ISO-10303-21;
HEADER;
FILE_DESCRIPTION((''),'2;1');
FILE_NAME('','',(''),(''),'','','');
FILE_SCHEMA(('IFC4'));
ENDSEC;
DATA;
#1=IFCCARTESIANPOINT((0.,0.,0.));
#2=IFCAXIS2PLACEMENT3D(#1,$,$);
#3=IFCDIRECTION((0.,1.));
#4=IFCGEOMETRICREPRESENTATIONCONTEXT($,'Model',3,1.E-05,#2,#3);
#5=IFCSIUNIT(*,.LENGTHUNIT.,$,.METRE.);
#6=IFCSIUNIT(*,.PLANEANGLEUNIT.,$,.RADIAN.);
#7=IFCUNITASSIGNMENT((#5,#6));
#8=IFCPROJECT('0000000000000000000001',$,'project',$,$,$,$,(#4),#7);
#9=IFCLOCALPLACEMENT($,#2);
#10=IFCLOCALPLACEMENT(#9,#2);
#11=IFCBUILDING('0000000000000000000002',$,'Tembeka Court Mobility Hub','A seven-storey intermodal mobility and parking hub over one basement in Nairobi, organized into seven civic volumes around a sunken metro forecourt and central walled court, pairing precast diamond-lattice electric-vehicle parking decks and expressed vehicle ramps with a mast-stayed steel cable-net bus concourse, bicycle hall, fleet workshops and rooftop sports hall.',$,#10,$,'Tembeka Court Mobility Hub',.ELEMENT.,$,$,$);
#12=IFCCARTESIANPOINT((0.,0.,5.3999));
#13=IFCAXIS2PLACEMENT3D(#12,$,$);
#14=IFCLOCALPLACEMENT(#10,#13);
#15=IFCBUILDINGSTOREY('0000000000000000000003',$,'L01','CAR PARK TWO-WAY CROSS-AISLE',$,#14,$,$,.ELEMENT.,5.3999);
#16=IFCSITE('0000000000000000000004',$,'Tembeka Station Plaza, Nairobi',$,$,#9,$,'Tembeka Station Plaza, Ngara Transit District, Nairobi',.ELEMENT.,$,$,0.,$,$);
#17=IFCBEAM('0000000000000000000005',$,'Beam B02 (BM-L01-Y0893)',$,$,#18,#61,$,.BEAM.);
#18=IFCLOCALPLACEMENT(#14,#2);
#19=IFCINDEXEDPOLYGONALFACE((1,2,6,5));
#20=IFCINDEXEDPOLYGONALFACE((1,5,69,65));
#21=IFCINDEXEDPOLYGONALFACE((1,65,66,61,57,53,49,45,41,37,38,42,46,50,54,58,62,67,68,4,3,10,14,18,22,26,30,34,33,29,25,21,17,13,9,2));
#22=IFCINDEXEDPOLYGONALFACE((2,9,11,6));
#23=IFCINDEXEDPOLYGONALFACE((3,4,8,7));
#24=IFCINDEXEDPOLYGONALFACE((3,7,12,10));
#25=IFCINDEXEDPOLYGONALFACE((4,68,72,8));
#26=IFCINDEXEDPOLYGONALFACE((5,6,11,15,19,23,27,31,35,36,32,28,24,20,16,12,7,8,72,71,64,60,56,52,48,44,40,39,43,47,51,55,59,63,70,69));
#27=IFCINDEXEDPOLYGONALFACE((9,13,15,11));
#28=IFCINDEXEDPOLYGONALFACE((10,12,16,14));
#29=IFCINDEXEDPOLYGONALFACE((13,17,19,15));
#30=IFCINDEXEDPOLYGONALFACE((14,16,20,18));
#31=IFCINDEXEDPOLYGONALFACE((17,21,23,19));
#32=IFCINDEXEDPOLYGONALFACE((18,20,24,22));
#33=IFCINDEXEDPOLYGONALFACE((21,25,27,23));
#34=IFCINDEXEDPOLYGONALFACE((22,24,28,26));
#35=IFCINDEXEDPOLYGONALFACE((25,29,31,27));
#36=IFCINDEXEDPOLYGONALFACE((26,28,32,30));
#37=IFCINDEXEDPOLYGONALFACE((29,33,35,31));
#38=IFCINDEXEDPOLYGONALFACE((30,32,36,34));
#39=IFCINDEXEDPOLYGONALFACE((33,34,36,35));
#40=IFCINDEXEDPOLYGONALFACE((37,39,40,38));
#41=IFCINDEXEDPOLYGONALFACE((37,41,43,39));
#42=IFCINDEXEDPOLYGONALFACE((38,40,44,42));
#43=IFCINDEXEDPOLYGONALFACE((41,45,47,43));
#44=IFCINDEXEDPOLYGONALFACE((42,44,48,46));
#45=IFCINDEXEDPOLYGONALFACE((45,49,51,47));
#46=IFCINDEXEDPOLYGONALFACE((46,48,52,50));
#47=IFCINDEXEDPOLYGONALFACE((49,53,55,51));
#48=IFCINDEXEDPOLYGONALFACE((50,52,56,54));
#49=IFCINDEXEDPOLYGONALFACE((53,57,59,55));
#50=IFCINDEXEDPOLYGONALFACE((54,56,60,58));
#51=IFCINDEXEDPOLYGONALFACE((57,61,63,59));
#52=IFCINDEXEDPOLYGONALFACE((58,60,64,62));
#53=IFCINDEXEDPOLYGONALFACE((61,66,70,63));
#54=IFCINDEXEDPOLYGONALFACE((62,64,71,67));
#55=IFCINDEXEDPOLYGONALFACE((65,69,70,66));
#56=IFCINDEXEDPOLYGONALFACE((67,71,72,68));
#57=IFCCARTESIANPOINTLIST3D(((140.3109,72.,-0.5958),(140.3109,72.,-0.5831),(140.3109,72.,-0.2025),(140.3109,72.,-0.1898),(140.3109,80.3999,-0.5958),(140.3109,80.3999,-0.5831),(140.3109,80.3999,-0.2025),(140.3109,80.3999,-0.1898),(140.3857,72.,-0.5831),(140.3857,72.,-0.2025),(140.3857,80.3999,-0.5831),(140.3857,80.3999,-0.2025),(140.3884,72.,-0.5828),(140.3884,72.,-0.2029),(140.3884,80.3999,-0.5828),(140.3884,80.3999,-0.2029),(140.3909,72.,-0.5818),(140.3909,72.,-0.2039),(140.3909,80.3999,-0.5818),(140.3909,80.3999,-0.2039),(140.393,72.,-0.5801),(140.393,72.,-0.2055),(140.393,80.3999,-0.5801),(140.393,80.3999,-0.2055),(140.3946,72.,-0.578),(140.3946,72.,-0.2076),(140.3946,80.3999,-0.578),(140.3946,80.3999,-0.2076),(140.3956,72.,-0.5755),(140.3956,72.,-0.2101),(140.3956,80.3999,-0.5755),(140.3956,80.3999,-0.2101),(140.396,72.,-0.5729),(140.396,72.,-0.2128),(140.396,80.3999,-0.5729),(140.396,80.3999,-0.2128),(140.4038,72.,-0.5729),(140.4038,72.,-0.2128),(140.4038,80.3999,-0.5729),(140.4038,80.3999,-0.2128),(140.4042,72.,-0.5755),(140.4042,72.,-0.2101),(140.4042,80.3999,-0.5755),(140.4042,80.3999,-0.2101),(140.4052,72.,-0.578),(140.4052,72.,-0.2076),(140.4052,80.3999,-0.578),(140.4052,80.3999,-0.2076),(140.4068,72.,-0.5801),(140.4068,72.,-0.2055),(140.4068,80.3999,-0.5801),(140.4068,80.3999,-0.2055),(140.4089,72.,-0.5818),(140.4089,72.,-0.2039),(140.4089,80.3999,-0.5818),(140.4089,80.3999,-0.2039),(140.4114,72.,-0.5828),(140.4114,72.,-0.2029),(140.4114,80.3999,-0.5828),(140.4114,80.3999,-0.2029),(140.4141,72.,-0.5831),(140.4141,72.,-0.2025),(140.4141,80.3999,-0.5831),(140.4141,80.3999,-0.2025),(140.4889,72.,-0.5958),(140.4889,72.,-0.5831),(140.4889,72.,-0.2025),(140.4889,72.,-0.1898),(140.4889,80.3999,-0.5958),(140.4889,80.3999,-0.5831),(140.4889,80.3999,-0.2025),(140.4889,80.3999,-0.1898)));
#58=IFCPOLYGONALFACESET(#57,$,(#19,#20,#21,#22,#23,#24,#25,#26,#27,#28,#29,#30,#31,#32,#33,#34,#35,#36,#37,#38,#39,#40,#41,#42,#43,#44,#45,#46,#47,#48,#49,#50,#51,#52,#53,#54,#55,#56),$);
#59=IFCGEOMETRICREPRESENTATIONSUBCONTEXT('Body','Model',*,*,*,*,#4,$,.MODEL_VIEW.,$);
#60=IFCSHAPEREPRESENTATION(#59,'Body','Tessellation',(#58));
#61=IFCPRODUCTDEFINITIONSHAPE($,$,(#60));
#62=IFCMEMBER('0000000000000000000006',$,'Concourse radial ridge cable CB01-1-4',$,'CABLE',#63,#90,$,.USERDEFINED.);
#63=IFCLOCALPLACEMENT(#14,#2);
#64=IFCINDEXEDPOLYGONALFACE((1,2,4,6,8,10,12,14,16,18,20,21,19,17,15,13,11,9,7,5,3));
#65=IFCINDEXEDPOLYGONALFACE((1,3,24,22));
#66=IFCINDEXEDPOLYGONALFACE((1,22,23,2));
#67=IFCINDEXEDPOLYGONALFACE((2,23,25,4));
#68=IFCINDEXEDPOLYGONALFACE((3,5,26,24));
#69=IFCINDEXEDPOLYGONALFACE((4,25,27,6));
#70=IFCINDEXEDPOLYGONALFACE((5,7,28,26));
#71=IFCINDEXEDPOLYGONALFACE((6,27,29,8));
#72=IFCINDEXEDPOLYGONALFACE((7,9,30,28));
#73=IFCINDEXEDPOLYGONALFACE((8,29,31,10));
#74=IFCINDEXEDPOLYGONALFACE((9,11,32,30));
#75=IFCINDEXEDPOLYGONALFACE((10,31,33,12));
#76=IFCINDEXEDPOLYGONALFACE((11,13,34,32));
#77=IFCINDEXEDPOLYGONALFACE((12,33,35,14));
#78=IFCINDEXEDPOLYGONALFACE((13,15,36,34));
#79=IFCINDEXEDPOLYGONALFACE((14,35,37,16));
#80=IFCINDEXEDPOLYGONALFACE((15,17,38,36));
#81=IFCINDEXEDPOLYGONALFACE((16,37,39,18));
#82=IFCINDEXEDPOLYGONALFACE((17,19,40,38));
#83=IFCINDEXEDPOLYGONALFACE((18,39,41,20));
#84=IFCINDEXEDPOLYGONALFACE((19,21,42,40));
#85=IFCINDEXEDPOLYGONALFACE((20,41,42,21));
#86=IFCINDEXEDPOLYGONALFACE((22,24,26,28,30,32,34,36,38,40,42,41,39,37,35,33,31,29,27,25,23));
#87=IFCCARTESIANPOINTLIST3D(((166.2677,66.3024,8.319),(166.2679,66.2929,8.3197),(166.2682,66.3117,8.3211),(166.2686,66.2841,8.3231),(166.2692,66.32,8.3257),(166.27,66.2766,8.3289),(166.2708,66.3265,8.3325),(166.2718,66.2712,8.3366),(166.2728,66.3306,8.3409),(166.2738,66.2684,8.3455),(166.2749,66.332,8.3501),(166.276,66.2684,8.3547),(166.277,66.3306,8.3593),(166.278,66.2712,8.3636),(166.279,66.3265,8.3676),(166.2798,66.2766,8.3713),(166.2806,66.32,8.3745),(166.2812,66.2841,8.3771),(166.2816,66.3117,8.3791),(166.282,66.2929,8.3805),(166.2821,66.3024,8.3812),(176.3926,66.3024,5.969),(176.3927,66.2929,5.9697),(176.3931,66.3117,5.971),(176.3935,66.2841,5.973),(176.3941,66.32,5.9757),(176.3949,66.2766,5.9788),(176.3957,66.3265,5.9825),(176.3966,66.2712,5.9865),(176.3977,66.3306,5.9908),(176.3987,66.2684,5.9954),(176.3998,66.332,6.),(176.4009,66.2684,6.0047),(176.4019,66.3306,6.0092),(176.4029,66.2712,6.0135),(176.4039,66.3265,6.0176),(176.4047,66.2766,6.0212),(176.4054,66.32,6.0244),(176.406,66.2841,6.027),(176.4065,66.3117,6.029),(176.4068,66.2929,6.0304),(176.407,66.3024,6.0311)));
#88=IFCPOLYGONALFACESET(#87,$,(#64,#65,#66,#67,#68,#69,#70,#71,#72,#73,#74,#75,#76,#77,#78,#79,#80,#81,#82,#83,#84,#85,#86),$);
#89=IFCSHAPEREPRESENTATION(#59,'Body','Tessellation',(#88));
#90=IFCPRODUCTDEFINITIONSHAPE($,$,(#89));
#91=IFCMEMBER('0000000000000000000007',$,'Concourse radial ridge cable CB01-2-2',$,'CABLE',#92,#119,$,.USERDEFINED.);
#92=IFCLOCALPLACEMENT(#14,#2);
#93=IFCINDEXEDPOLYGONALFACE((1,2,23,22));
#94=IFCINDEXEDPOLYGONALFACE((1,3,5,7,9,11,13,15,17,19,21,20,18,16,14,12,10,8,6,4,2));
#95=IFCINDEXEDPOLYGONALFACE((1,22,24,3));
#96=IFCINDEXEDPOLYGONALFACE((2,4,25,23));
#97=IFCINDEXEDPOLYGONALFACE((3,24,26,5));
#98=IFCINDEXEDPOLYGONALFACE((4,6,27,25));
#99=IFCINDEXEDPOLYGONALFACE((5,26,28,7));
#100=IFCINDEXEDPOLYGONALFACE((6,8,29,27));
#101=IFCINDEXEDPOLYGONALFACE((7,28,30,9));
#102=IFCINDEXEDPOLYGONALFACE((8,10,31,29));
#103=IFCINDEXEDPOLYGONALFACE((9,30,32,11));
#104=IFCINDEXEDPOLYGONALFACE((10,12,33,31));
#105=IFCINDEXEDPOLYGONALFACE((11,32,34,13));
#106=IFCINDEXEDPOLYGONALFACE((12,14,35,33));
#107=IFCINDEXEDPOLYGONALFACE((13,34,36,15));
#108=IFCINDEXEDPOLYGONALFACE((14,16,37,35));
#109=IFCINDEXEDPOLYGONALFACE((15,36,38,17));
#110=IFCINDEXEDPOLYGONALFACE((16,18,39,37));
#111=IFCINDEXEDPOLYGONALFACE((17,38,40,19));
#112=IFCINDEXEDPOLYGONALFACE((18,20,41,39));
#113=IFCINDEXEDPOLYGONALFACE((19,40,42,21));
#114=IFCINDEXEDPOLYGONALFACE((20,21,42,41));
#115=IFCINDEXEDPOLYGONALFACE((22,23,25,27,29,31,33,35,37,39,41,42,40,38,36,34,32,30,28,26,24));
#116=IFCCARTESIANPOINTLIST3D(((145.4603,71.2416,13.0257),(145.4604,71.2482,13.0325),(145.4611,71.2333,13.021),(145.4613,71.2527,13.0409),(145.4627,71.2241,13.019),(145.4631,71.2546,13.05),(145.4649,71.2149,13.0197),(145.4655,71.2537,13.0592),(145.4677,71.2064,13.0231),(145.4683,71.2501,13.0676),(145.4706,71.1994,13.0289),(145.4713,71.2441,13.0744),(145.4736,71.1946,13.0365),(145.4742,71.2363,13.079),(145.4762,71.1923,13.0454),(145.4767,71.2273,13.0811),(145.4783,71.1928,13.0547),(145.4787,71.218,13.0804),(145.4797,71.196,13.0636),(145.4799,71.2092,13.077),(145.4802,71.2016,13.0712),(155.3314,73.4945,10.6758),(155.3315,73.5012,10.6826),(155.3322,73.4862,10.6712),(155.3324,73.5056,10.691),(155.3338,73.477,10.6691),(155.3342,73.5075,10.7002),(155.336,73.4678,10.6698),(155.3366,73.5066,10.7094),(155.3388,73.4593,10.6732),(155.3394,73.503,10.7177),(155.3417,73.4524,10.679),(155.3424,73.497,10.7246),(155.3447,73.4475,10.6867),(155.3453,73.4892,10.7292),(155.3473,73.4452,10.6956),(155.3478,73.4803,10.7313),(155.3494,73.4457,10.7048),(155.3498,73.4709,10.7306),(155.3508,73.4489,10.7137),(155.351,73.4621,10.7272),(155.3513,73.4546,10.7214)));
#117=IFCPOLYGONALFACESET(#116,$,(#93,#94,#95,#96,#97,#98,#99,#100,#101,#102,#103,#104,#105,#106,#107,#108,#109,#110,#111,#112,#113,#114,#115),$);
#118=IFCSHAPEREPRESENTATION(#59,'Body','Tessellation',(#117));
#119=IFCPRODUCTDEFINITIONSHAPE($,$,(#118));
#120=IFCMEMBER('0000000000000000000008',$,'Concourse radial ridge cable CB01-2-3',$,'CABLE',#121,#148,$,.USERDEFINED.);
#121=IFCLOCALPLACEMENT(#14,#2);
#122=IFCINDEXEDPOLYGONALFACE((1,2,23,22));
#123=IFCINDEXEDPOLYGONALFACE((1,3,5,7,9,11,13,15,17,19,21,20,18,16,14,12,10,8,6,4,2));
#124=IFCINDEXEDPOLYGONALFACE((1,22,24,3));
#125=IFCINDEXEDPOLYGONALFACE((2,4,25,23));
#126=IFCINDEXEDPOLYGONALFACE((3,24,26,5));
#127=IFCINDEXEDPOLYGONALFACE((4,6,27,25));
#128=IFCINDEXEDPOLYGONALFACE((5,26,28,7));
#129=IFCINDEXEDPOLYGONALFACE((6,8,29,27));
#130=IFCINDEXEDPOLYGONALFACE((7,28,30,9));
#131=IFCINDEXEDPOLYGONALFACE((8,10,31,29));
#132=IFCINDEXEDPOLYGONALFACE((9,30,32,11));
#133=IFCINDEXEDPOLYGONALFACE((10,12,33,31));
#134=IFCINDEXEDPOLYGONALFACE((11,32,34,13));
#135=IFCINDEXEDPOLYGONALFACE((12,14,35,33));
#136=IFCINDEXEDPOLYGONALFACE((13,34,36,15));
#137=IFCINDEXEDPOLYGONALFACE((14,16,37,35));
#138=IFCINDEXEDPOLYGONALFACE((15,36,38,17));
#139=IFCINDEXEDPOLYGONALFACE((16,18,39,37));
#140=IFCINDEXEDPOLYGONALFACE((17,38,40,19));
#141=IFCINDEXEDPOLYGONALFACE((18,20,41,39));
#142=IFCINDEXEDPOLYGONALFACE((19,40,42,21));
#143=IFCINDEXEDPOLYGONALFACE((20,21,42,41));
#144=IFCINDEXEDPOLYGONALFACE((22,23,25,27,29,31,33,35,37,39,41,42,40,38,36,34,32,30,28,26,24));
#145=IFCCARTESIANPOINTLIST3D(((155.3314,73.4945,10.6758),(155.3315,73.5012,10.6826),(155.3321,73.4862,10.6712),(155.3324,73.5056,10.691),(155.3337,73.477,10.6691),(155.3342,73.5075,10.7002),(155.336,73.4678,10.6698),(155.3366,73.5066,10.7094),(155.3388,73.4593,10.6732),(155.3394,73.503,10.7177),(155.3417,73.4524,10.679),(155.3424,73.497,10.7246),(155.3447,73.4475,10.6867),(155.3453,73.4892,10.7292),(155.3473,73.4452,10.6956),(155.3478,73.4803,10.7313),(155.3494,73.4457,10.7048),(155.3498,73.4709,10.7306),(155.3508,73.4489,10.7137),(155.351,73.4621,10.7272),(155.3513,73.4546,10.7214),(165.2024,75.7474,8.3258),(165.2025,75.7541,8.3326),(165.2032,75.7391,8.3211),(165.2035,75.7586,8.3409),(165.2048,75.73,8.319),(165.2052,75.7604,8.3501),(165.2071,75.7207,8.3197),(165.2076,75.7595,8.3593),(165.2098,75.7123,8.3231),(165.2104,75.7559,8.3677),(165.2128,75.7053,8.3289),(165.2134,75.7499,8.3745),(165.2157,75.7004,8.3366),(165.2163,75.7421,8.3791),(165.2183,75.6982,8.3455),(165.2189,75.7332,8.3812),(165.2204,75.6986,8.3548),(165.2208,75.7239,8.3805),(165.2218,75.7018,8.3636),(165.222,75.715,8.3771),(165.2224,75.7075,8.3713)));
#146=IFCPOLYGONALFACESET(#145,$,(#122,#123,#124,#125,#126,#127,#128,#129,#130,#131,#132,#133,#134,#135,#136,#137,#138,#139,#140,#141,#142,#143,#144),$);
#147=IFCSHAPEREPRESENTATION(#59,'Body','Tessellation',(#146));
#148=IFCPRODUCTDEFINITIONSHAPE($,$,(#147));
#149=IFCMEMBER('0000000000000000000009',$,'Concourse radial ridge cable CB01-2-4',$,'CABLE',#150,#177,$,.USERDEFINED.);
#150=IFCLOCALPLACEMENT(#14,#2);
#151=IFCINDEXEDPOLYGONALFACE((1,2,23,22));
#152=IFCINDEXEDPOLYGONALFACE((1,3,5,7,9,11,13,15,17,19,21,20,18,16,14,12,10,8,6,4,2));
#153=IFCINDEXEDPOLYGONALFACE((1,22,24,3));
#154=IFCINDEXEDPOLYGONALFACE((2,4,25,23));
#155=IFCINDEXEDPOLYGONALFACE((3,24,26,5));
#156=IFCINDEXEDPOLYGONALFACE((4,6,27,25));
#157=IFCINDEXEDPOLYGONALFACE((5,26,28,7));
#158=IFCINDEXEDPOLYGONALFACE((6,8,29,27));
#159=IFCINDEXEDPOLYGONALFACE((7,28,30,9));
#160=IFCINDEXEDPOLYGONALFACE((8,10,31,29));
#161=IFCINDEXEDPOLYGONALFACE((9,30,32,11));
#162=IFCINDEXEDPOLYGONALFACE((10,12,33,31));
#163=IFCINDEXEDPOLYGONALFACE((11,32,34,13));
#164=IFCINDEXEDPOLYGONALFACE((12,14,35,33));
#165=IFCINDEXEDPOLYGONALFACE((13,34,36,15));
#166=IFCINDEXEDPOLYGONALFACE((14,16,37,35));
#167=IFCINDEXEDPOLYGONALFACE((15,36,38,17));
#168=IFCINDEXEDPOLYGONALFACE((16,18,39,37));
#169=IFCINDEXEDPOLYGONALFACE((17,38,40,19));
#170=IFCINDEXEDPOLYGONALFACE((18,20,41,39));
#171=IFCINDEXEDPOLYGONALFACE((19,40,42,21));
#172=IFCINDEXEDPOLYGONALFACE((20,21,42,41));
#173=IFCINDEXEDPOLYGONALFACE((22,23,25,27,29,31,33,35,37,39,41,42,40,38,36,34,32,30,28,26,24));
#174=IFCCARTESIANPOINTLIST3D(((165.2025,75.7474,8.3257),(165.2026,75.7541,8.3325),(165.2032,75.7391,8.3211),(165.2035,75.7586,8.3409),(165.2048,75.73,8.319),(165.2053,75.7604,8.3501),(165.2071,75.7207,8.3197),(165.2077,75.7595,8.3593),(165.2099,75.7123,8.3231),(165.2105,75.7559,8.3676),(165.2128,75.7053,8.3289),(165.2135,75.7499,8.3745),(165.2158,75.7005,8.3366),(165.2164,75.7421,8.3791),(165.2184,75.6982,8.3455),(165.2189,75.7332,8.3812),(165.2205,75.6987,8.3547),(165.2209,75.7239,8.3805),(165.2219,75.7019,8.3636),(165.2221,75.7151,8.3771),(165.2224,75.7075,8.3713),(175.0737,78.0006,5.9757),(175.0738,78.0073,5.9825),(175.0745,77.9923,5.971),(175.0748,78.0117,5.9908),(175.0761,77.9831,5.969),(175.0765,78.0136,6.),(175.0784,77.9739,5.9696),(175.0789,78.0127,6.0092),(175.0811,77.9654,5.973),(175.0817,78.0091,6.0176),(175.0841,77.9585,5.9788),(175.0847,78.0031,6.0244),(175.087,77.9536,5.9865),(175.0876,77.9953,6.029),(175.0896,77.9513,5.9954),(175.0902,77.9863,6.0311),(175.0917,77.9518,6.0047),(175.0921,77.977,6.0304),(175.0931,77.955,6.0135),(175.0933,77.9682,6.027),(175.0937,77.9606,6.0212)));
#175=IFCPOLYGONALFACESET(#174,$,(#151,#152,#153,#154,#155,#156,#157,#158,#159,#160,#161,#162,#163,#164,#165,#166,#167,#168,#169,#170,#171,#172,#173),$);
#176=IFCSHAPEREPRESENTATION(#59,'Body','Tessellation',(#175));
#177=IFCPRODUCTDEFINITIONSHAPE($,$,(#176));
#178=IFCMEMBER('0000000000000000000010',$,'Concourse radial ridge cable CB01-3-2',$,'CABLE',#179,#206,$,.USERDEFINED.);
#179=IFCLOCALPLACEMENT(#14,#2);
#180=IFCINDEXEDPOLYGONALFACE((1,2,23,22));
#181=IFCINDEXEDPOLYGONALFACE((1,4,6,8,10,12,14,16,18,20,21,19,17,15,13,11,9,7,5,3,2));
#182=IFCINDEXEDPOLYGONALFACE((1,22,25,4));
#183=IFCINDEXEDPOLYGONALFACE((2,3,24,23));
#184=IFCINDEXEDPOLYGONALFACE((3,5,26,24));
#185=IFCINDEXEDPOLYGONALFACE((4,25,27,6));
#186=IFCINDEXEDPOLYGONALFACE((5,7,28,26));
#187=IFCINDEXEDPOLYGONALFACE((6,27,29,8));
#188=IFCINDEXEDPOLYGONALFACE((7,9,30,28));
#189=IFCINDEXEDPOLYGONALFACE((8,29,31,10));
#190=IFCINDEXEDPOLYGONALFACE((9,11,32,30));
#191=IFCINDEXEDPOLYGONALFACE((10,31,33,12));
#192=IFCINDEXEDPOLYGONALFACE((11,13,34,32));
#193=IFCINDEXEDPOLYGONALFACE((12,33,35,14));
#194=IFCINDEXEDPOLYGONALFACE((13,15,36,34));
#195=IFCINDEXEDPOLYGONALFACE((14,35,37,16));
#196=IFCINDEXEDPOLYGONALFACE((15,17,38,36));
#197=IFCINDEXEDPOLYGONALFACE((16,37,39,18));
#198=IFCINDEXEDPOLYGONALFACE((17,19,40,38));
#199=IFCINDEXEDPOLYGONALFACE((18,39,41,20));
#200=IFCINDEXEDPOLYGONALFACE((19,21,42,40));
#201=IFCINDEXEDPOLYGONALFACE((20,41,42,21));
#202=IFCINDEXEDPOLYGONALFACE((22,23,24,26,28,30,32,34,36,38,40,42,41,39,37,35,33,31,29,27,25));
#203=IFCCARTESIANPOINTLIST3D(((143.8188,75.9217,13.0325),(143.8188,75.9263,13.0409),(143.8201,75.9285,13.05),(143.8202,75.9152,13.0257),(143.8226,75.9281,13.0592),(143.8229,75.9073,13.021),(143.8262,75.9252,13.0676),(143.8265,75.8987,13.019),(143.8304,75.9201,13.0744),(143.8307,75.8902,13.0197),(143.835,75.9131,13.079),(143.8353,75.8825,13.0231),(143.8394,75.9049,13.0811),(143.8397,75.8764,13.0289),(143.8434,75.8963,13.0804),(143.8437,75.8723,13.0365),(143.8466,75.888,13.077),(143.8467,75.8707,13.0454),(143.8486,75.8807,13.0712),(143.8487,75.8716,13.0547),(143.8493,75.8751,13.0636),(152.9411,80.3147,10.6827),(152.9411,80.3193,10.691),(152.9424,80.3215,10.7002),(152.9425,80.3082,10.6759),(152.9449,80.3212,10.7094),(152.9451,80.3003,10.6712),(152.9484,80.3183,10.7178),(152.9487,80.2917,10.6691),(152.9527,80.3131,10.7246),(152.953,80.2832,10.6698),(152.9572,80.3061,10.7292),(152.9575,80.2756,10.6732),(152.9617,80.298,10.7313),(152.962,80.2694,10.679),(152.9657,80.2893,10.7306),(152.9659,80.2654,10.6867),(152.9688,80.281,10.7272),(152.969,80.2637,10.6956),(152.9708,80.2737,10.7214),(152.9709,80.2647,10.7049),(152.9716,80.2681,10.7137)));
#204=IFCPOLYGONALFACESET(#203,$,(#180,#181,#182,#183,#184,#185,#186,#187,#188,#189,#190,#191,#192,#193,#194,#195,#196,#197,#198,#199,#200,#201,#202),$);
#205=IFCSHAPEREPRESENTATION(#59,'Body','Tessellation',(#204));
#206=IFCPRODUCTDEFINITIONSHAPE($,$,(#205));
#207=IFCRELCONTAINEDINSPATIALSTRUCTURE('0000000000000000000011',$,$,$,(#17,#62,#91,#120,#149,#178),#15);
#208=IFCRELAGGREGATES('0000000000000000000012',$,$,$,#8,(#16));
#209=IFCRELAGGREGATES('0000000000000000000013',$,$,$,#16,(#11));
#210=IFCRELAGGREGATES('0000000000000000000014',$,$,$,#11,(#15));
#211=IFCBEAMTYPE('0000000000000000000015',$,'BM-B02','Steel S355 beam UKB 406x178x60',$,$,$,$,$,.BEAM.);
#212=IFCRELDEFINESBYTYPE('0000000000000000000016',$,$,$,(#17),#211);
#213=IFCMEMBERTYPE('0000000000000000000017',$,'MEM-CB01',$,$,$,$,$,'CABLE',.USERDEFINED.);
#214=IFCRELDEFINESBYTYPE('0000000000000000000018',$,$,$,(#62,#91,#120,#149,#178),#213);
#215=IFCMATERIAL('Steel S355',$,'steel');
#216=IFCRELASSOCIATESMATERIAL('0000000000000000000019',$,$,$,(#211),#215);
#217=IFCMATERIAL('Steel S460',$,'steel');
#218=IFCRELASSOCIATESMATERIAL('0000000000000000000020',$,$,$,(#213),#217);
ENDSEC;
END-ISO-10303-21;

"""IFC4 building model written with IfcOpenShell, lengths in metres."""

from ifc_helpers import new_model, si_unit, direction, frame, origin, origin_2d, place, context, subcontext, project, spatial, circle, i_section, extrude, material, material_profile, profile_set, type_object, element, save


model = new_model("IFC4")

# Units and contexts
model_context = context("Model", 3, precision=1e-05, world=origin(), true_north=direction((0.0, 1.0)))
body_context = subcontext(model_context, "Body", "Model", "MODEL_VIEW")
ifc_project = project(units=[si_unit("LENGTHUNIT", "METRE"), si_unit("PLANEANGLEUNIT", "RADIAN")], contexts=[model_context])

# Site, building, storey
site_placement = place(None, origin())
site = spatial("IfcSite", under=ifc_project, at=site_placement, Name="Tembeka Station Plaza, Nairobi", LongName="Tembeka Station Plaza, Ngara Transit District, Nairobi", CompositionType="ELEMENT", RefElevation=0.0)
building_placement = place(site_placement, origin())
building = spatial("IfcBuilding", under=site, at=building_placement, Name="Tembeka Court Mobility Hub", Description="A seven-storey intermodal mobility and parking hub over one basement in Nairobi, organized into seven civic volumes around a sunken metro forecourt and central walled court, pairing precast diamond-lattice electric-vehicle parking decks and expressed vehicle ramps with a mast-stayed steel cable-net bus concourse, bicycle hall, fleet workshops and rooftop sports hall.", LongName="Tembeka Court Mobility Hub", CompositionType="ELEMENT")
storey_placement = place(building_placement, frame((0.0, 0.0, 5.3999)))
storey = spatial("IfcBuildingStorey", under=building, at=storey_placement, Name="L01", Description="CAR PARK TWO-WAY CROSS-AISLE", CompositionType="ELEMENT", Elevation=5.3999)

# Beam
ifc_material_1 = material(Name="Steel S355", Category="steel")
ifc_material_profile_1 = material_profile(ifc_material_1, i_section(OverallWidth=0.178, OverallDepth=0.406, WebThickness=0.0078, FlangeThickness=0.0127, FilletRadius=0.0103, at=origin_2d()), Name="UKB 406x178x60")
ifc_profile_set_1 = profile_set([ifc_material_profile_1], Name="Steel S355")
beam_type = type_object("IfcBeamType", Name="BM-B02", Description="Steel S355 beam UKB 406x178x60", PredefinedType="BEAM", material=ifc_profile_set_1)
beam_placement = place(storey_placement, frame((140.3999, 72.0, -0.3928), z_axis=(0.0, 1.0, 0.0), x_axis=(-1.0, 0.0, 0.0)))
element("IfcBeam", 1, at=beam_placement, inside=storey, type_object=beam_type, Name="Beam B02 (BM-L01-Y0893)", PredefinedType="BEAM", context=body_context, shape_type="SweptSolid", body=[
    extrude(i_section(OverallWidth=0.178, OverallDepth=0.406, WebThickness=0.0078, FlangeThickness=0.0127, FilletRadius=0.0103, at=origin_2d()), origin(), (0.0, 0.0, 1.0), 8.3999),
])

# Members
ifc_material_2 = material(Name="Steel S460", Category="steel")
ifc_material_profile_2 = material_profile(ifc_material_2, circle(Radius=0.032, at=origin_2d()), Name="CABLE D64")
ifc_profile_set_2 = profile_set([ifc_material_profile_2], Name="Steel S460")
member_type_1 = type_object("IfcMemberType", Name="MEM-CB01", ElementType="CABLE", PredefinedType="USERDEFINED", material=ifc_profile_set_2)
for number, where, z_axis, x_axis, name in (
    (2, (166.2749, 66.3, 8.3501), (0.974105, 0.0, -0.226098), (0.0, 1.0, 0.0), "Concourse radial ridge cable CB01-1-4"),
    (3, (145.4702, 71.2234, 13.05), (0.949688, 0.216752, -0.226077), (-0.222513, 0.97493, 0.0), "Concourse radial ridge cable CB01-2-2"),
    (4, (155.3413, 73.4763, 10.7002), (0.949683, 0.216751, -0.226099), (-0.222513, 0.97493, 0.0), "Concourse radial ridge cable CB01-2-3"),
):
    element("IfcMember", number, at=place(storey_placement, frame(where, z_axis=z_axis, x_axis=x_axis)), inside=storey, type_object=member_type_1, Name=name, ObjectType="CABLE", PredefinedType="USERDEFINED", context=body_context, shape_type="SweptSolid", body=[
        extrude(circle(Radius=0.032, at=origin_2d()), origin(), (0.0, 0.0, 1.0), 10.394),
    ])
member_1_placement = place(storey_placement, frame((165.2124, 75.7292, 8.3501), z_axis=(0.949681, 0.216769, -0.226093), x_axis=(-0.222531, 0.974926, 0.0)))
element("IfcMember", 5, at=member_1_placement, inside=storey, type_object=member_type_1, Name="Concourse radial ridge cable CB01-2-4", ObjectType="CABLE", PredefinedType="USERDEFINED", context=body_context, shape_type="SweptSolid", body=[
    extrude(circle(Radius=0.032, at=origin_2d()), origin(), (0.0, 0.0, 1.0), 10.3943),
])
for number, where, z_axis, x_axis, name in (
    (6, (143.834, 75.8997, 13.05), (0.877643, 0.42265, -0.226076), (-0.433883, 0.900969, 0.0), "Concourse radial ridge cable CB01-3-2"),
):
    element("IfcMember", number, at=place(storey_placement, frame(where, z_axis=z_axis, x_axis=x_axis)), inside=storey, type_object=member_type_1, Name=name, ObjectType="CABLE", PredefinedType="USERDEFINED", context=body_context, shape_type="SweptSolid", body=[
        extrude(circle(Radius=0.032, at=origin_2d()), origin(), (0.0, 0.0, 1.0), 10.394),
    ])

save(model, "model.ifc")
